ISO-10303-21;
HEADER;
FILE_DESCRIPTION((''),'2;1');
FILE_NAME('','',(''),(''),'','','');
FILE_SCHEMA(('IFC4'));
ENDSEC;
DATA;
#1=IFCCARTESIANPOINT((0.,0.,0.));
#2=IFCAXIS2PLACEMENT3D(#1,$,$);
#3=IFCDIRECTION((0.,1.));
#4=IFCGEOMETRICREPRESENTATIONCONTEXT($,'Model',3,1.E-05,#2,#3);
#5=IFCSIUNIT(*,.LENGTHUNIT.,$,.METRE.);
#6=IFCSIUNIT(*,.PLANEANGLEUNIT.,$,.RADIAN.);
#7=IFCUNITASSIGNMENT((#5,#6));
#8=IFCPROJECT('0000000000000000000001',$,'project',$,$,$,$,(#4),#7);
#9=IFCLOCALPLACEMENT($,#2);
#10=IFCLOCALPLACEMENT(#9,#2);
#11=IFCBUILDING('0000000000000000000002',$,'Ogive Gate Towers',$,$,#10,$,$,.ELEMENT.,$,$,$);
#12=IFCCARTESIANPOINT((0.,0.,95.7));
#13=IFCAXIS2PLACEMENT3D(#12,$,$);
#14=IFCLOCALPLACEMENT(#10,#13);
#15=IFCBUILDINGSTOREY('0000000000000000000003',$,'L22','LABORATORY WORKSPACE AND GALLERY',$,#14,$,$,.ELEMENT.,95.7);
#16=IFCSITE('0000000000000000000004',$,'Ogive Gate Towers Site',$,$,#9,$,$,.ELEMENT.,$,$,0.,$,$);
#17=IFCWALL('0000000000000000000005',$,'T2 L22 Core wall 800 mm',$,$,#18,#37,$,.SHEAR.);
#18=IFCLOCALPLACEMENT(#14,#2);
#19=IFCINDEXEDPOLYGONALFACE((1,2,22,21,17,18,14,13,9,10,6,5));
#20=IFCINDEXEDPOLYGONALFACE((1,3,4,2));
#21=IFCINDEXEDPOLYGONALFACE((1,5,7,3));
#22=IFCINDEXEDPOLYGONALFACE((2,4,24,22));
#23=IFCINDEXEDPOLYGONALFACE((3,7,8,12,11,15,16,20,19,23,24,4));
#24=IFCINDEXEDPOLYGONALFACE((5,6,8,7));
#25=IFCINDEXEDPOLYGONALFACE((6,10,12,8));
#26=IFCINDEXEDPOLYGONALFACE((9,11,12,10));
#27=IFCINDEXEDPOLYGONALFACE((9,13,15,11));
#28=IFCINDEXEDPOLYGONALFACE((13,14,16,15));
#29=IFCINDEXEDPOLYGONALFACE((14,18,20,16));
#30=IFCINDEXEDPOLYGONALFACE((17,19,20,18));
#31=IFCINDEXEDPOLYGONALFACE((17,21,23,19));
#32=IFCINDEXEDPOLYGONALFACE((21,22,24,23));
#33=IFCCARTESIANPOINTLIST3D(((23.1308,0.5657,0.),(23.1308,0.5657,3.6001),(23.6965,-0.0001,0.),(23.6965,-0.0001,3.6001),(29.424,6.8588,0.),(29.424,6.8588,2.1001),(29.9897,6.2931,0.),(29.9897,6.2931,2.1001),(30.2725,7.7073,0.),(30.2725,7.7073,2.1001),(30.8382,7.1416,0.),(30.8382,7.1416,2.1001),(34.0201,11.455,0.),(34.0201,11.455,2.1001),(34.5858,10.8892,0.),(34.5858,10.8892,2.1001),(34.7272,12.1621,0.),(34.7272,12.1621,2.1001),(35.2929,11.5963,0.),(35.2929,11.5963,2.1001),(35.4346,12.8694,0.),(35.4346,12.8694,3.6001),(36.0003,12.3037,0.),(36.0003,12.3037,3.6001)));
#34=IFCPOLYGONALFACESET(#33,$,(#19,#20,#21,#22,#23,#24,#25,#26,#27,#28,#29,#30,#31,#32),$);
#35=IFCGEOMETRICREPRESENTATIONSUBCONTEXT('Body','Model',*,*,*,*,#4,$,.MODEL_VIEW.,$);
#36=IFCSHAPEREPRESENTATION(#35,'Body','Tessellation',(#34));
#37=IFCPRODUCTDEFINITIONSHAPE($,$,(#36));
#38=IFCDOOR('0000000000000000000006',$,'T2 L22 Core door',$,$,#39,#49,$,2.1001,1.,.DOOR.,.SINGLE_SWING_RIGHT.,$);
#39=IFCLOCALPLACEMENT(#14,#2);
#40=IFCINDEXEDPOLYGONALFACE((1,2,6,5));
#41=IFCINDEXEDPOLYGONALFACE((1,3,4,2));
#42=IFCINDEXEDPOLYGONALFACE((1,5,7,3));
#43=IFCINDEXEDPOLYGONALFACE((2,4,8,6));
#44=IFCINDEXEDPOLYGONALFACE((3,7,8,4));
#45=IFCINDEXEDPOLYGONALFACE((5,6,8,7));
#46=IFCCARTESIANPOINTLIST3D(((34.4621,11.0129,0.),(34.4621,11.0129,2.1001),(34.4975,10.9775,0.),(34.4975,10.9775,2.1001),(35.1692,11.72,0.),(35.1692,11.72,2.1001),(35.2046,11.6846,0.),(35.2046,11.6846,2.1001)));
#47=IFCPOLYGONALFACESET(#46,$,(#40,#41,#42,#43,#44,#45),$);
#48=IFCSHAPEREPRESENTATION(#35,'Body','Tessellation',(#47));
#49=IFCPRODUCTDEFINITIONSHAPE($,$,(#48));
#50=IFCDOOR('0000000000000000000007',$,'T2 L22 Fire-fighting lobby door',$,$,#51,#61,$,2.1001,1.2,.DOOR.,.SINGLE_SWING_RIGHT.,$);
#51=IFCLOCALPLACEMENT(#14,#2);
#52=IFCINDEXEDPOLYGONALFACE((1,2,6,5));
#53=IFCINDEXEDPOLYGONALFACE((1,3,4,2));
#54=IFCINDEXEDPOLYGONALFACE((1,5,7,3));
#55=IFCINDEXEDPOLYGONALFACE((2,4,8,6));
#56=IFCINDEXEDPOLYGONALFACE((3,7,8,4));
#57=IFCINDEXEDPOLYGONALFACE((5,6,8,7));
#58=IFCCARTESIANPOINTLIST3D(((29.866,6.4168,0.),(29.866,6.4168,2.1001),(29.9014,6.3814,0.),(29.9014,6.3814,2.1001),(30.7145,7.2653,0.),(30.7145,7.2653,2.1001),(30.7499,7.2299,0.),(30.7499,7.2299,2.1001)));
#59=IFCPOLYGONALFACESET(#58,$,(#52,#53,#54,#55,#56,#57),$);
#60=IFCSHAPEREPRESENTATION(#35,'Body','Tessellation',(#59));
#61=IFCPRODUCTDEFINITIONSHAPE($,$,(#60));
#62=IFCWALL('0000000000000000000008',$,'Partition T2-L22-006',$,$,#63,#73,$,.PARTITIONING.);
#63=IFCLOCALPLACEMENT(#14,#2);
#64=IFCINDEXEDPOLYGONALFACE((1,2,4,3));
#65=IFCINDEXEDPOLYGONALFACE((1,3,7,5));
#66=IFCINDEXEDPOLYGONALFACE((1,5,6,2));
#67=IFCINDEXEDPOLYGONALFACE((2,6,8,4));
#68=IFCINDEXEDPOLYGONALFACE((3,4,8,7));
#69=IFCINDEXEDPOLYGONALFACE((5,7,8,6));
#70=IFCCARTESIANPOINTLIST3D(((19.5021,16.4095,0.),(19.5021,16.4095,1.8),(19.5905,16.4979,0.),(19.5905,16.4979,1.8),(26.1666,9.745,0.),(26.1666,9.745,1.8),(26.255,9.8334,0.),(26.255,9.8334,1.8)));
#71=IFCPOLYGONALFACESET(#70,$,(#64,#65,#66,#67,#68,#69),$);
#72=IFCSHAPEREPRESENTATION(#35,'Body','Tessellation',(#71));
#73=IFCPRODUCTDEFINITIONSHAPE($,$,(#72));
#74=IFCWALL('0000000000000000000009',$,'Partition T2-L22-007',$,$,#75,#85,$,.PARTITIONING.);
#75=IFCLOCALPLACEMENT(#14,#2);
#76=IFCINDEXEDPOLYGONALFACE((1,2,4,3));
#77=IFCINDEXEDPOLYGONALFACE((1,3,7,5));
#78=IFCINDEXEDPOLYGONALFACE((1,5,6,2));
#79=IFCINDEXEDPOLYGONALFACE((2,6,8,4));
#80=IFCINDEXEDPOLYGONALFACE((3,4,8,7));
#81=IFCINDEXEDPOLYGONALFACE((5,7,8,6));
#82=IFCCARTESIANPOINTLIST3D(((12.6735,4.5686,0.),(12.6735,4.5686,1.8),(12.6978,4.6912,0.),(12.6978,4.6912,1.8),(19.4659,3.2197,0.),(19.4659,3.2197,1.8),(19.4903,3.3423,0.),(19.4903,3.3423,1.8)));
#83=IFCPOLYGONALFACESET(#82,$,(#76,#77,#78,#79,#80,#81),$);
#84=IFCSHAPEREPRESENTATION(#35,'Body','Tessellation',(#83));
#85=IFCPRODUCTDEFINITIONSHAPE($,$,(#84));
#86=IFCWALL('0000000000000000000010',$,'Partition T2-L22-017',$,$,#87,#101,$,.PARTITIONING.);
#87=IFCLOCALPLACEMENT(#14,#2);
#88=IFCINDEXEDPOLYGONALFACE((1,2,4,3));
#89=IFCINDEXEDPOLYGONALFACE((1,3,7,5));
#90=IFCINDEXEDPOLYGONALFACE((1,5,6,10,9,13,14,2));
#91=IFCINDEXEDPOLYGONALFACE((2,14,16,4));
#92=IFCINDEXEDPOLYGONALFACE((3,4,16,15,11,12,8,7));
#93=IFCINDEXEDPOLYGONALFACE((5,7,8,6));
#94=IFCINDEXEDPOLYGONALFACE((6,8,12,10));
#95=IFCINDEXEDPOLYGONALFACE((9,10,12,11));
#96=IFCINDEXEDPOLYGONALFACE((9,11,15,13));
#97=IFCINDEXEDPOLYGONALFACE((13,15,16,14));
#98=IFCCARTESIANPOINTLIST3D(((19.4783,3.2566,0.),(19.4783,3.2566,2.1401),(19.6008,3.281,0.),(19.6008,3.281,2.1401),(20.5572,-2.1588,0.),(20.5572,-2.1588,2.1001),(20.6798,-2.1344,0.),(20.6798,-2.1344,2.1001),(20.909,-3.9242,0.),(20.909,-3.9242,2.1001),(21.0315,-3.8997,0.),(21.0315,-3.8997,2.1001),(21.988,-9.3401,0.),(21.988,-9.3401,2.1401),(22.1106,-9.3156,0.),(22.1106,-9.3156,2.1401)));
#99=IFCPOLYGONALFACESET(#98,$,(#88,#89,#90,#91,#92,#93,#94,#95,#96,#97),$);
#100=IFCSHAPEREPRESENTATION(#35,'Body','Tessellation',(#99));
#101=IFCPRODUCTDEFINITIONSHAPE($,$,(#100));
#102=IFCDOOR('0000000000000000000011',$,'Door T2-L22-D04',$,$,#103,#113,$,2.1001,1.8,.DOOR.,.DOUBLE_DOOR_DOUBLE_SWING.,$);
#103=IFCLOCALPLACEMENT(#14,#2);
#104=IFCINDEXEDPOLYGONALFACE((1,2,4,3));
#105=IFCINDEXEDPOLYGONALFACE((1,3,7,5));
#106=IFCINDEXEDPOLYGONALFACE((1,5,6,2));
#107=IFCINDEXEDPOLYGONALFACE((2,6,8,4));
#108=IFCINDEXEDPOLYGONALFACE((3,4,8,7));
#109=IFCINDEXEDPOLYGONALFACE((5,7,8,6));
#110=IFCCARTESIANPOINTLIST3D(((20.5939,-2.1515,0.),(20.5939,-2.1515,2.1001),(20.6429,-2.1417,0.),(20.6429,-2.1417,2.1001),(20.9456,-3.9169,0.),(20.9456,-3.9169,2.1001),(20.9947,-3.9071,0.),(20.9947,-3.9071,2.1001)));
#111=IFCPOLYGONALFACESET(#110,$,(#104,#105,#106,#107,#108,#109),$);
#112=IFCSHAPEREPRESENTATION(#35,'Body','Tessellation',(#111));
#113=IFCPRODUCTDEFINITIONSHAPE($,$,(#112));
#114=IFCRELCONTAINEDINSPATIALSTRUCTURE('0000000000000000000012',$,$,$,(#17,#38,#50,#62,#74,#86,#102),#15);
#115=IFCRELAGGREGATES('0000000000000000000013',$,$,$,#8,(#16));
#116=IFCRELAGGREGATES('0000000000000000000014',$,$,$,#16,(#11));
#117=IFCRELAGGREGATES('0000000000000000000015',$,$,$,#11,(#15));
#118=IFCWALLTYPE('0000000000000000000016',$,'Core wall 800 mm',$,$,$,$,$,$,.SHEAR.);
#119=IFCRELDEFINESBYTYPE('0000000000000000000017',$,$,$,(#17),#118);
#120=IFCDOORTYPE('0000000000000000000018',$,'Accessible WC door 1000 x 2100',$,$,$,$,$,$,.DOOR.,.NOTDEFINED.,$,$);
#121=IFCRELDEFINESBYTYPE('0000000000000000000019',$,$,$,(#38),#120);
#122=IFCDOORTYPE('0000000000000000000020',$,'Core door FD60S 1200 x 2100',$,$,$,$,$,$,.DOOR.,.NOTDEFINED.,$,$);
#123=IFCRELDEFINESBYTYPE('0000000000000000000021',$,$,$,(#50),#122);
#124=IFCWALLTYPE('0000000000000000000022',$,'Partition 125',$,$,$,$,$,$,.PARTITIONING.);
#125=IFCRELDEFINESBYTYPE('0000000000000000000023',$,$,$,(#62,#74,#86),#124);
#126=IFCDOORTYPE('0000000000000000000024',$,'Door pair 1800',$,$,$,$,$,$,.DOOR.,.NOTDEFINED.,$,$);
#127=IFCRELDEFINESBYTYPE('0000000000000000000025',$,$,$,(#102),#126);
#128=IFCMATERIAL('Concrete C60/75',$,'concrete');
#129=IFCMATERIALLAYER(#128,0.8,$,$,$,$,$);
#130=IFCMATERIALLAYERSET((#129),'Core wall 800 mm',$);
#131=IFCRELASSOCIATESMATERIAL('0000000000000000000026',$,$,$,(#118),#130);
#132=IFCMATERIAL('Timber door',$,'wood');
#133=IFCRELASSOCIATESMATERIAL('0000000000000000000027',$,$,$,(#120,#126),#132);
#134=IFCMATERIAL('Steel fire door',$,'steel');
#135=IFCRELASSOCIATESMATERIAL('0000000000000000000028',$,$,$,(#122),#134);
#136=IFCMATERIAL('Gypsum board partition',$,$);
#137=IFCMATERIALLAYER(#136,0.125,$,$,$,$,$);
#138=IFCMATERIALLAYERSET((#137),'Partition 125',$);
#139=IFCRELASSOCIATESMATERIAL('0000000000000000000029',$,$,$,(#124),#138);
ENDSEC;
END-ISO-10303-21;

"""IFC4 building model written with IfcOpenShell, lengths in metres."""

from ifc_helpers import new_model, si_unit, direction, frame, frame_2d, origin, place, context, subcontext, project, spatial, rectangle, extrude, material, layer, layer_set, type_object, element, fill, save


model = new_model("IFC4")

# Units and contexts
model_context = context("Model", 3, precision=1e-05, world=origin(), true_north=direction((0.0, 1.0)))
body_context = subcontext(model_context, "Body", "Model", "MODEL_VIEW")
ifc_project = project(units=[si_unit("LENGTHUNIT", "METRE"), si_unit("PLANEANGLEUNIT", "RADIAN")], contexts=[model_context])

# Site, building, storey
site_placement = place(None, origin())
site = spatial("IfcSite", under=ifc_project, at=site_placement, Name="Ogive Gate Towers Site", CompositionType="ELEMENT", RefElevation=0.0)
building_placement = place(site_placement, origin())
building = spatial("IfcBuilding", under=site, at=building_placement, Name="Ogive Gate Towers", CompositionType="ELEMENT")
storey_placement = place(building_placement, frame((0.0, 0.0, 95.7)))
storey = spatial("IfcBuildingStorey", under=building, at=storey_placement, Name="L22", Description="LABORATORY WORKSPACE AND GALLERY", CompositionType="ELEMENT", Elevation=95.7)

# Wall, openings, doors
ifc_material_1 = material(Name="Concrete C60/75", Category="concrete")
ifc_layer_1 = layer(ifc_material_1, 0.8)
ifc_layer_set_1 = layer_set([ifc_layer_1], Name="Core wall 800 mm")
wall_type_1 = type_object("IfcWallType", Name="Core wall 800 mm", PredefinedType="SHEAR", material=ifc_layer_set_1)
wall_1_placement = place(storey_placement, frame((23.4136, 0.2827, 0.0), z_axis=(0.0, 0.0, 1.0), x_axis=(0.707107, 0.707107, 0.0)))
wall_1 = element("IfcWall", 1, at=wall_1_placement, inside=storey, type_object=wall_type_1, Name="T2 L22 Core wall 800 mm", PredefinedType="SHEAR", context=body_context, shape_type="SweptSolid", body=[
    extrude(rectangle(XDim=17.4001, YDim=0.8, at=frame_2d((8.7002, 0.0))), origin(), (0.0, 0.0, 1.0), 3.6001),
])
opening_1_placement = place(wall_1_placement, frame((8.8999, 0.0, 0.0)))
opening_1 = element("IfcOpeningElement", 2, at=opening_1_placement, cuts=wall_1, PredefinedType="OPENING", context=body_context, shape_type="SweptSolid", body=[
    extrude(rectangle(XDim=1.2, YDim=2.1001, at=frame_2d((0.6001, 1.05))), frame((0.0, 0.4102, 0.0), z_axis=(0.0, -1.0, 0.0), x_axis=(1.0, 0.0, 0.0)), (0.0, 0.0, 1.0), 0.8201),
])
opening_2_placement = place(wall_1_placement, frame((15.3999, 0.0, 0.0)))
opening_2 = element("IfcOpeningElement", 3, at=opening_2_placement, cuts=wall_1, PredefinedType="OPENING", context=body_context, shape_type="SweptSolid", body=[
    extrude(rectangle(XDim=1.0, YDim=2.1001, at=frame_2d((0.5, 1.05))), frame((0.0, 0.4102, 0.0), z_axis=(0.0, -1.0, 0.0), x_axis=(1.0, 0.0, 0.0)), (0.0, 0.0, 1.0), 0.8201),
])
ifc_material_2 = material(Name="Timber door", Category="wood")
door_type_1 = type_object("IfcDoorType", Name="Accessible WC door 1000 x 2100", OperationType="NOTDEFINED", PredefinedType="DOOR", material=ifc_material_2)
door_1_placement = place(opening_2_placement, origin())
door_1 = element("IfcDoor", 4, at=door_1_placement, inside=storey, type_object=door_type_1, Name="T2 L22 Core door", OperationType="SINGLE_SWING_RIGHT", OverallHeight=2.1001, OverallWidth=1.0, PredefinedType="DOOR", context=body_context, shape_type="SweptSolid", body=[
    extrude(rectangle(XDim=1.0, YDim=2.1001, at=frame_2d((0.5, 1.05))), frame((0.0, -0.2251, 0.0), z_axis=(0.0, -1.0, 0.0), x_axis=(1.0, 0.0, 0.0)), (0.0, 0.0, 1.0), 0.05),
])
fill(opening_2, door_1)
ifc_material_3 = material(Name="Steel fire door", Category="steel")
door_type_2 = type_object("IfcDoorType", Name="Core door FD60S 1200 x 2100", OperationType="NOTDEFINED", PredefinedType="DOOR", material=ifc_material_3)
door_2_placement = place(opening_1_placement, origin())
door_2 = element("IfcDoor", 5, at=door_2_placement, inside=storey, type_object=door_type_2, Name="T2 L22 Fire-fighting lobby door", OperationType="SINGLE_SWING_RIGHT", OverallHeight=2.1001, OverallWidth=1.2, PredefinedType="DOOR", context=body_context, shape_type="SweptSolid", body=[
    extrude(rectangle(XDim=1.2, YDim=2.1001, at=frame_2d((0.6001, 1.05))), frame((0.0, -0.2251, 0.0), z_axis=(0.0, -1.0, 0.0), x_axis=(1.0, 0.0, 0.0)), (0.0, 0.0, 1.0), 0.05),
])
fill(opening_1, door_2)

# Walls
ifc_material_4 = material(Name="Gypsum board partition")
ifc_layer_2 = layer(ifc_material_4, 0.125)
ifc_layer_set_2 = layer_set([ifc_layer_2], Name="Partition 125")
wall_type_2 = type_object("IfcWallType", Name="Partition 125", PredefinedType="PARTITIONING", material=ifc_layer_set_2)
wall_2_placement = place(storey_placement, frame((19.5464, 16.4536, 0.0), z_axis=(0.0, 0.0, 1.0), x_axis=(0.707107, -0.707107, 0.0)))
element("IfcWall", 6, at=wall_2_placement, inside=storey, type_object=wall_type_2, Name="Partition T2-L22-006", PredefinedType="PARTITIONING", context=body_context, shape_type="SweptSolid", body=[
    extrude(rectangle(XDim=9.425, YDim=0.125, at=frame_2d((4.7124, 0.0))), origin(), (0.0, 0.0, 1.0), 1.8),
])
wall_3_placement = place(storey_placement, frame((12.6858, 4.6299, 0.0), z_axis=(0.0, 0.0, 1.0), x_axis=(0.980847, -0.19478, 0.0)))
element("IfcWall", 7, at=wall_3_placement, inside=storey, type_object=wall_type_2, Name="Partition T2-L22-007", PredefinedType="PARTITIONING", context=body_context, shape_type="SweptSolid", body=[
    extrude(rectangle(XDim=6.925, YDim=0.125, at=frame_2d((3.4624, 0.0))), origin(), (0.0, 0.0, 1.0), 1.8),
])

# Wall, opening, door
wall_4_placement = place(storey_placement, frame((19.5396, 3.2688, 0.0), z_axis=(0.0, 0.0, 1.0), x_axis=(0.1954, -0.980724, 0.0)))
wall_4 = element("IfcWall", 8, at=wall_4_placement, inside=storey, type_object=wall_type_2, Name="Partition T2-L22-017", PredefinedType="PARTITIONING", context=body_context, shape_type="SweptSolid", body=[
    extrude(rectangle(XDim=12.8442, YDim=0.125, at=frame_2d((6.4221, 0.0))), origin(), (0.0, 0.0, 1.0), 2.1401),
])
opening_3_placement = place(wall_4_placement, frame((5.522, 0.0, 0.0)))
opening_3 = element("IfcOpeningElement", 9, at=opening_3_placement, cuts=wall_4, PredefinedType="OPENING", context=body_context, shape_type="SweptSolid", body=[
    extrude(rectangle(XDim=1.8, YDim=2.1001, at=frame_2d((0.8999, 1.05))), frame((0.0, 0.0725, 0.0), z_axis=(0.0, -1.0, 0.0), x_axis=(1.0, 0.0, 0.0)), (0.0, 0.0, 1.0), 0.145),
])
door_type_3 = type_object("IfcDoorType", Name="Door pair 1800", OperationType="NOTDEFINED", PredefinedType="DOOR", material=ifc_material_2)
door_3_placement = place(opening_3_placement, origin())
door_3 = element("IfcDoor", 10, at=door_3_placement, inside=storey, type_object=door_type_3, Name="Door T2-L22-D04", OperationType="DOUBLE_DOOR_DOUBLE_SWING", OverallHeight=2.1001, OverallWidth=1.8, PredefinedType="DOOR", context=body_context, shape_type="SweptSolid", body=[
    extrude(rectangle(XDim=1.8, YDim=2.1001, at=frame_2d((0.8999, 1.05))), frame((0.0, 0.0249, 0.0), z_axis=(0.0, -1.0, 0.0), x_axis=(1.0, 0.0, 0.0)), (0.0, 0.0, 1.0), 0.05),
])
fill(opening_3, door_3)

save(model, "model.ifc")
